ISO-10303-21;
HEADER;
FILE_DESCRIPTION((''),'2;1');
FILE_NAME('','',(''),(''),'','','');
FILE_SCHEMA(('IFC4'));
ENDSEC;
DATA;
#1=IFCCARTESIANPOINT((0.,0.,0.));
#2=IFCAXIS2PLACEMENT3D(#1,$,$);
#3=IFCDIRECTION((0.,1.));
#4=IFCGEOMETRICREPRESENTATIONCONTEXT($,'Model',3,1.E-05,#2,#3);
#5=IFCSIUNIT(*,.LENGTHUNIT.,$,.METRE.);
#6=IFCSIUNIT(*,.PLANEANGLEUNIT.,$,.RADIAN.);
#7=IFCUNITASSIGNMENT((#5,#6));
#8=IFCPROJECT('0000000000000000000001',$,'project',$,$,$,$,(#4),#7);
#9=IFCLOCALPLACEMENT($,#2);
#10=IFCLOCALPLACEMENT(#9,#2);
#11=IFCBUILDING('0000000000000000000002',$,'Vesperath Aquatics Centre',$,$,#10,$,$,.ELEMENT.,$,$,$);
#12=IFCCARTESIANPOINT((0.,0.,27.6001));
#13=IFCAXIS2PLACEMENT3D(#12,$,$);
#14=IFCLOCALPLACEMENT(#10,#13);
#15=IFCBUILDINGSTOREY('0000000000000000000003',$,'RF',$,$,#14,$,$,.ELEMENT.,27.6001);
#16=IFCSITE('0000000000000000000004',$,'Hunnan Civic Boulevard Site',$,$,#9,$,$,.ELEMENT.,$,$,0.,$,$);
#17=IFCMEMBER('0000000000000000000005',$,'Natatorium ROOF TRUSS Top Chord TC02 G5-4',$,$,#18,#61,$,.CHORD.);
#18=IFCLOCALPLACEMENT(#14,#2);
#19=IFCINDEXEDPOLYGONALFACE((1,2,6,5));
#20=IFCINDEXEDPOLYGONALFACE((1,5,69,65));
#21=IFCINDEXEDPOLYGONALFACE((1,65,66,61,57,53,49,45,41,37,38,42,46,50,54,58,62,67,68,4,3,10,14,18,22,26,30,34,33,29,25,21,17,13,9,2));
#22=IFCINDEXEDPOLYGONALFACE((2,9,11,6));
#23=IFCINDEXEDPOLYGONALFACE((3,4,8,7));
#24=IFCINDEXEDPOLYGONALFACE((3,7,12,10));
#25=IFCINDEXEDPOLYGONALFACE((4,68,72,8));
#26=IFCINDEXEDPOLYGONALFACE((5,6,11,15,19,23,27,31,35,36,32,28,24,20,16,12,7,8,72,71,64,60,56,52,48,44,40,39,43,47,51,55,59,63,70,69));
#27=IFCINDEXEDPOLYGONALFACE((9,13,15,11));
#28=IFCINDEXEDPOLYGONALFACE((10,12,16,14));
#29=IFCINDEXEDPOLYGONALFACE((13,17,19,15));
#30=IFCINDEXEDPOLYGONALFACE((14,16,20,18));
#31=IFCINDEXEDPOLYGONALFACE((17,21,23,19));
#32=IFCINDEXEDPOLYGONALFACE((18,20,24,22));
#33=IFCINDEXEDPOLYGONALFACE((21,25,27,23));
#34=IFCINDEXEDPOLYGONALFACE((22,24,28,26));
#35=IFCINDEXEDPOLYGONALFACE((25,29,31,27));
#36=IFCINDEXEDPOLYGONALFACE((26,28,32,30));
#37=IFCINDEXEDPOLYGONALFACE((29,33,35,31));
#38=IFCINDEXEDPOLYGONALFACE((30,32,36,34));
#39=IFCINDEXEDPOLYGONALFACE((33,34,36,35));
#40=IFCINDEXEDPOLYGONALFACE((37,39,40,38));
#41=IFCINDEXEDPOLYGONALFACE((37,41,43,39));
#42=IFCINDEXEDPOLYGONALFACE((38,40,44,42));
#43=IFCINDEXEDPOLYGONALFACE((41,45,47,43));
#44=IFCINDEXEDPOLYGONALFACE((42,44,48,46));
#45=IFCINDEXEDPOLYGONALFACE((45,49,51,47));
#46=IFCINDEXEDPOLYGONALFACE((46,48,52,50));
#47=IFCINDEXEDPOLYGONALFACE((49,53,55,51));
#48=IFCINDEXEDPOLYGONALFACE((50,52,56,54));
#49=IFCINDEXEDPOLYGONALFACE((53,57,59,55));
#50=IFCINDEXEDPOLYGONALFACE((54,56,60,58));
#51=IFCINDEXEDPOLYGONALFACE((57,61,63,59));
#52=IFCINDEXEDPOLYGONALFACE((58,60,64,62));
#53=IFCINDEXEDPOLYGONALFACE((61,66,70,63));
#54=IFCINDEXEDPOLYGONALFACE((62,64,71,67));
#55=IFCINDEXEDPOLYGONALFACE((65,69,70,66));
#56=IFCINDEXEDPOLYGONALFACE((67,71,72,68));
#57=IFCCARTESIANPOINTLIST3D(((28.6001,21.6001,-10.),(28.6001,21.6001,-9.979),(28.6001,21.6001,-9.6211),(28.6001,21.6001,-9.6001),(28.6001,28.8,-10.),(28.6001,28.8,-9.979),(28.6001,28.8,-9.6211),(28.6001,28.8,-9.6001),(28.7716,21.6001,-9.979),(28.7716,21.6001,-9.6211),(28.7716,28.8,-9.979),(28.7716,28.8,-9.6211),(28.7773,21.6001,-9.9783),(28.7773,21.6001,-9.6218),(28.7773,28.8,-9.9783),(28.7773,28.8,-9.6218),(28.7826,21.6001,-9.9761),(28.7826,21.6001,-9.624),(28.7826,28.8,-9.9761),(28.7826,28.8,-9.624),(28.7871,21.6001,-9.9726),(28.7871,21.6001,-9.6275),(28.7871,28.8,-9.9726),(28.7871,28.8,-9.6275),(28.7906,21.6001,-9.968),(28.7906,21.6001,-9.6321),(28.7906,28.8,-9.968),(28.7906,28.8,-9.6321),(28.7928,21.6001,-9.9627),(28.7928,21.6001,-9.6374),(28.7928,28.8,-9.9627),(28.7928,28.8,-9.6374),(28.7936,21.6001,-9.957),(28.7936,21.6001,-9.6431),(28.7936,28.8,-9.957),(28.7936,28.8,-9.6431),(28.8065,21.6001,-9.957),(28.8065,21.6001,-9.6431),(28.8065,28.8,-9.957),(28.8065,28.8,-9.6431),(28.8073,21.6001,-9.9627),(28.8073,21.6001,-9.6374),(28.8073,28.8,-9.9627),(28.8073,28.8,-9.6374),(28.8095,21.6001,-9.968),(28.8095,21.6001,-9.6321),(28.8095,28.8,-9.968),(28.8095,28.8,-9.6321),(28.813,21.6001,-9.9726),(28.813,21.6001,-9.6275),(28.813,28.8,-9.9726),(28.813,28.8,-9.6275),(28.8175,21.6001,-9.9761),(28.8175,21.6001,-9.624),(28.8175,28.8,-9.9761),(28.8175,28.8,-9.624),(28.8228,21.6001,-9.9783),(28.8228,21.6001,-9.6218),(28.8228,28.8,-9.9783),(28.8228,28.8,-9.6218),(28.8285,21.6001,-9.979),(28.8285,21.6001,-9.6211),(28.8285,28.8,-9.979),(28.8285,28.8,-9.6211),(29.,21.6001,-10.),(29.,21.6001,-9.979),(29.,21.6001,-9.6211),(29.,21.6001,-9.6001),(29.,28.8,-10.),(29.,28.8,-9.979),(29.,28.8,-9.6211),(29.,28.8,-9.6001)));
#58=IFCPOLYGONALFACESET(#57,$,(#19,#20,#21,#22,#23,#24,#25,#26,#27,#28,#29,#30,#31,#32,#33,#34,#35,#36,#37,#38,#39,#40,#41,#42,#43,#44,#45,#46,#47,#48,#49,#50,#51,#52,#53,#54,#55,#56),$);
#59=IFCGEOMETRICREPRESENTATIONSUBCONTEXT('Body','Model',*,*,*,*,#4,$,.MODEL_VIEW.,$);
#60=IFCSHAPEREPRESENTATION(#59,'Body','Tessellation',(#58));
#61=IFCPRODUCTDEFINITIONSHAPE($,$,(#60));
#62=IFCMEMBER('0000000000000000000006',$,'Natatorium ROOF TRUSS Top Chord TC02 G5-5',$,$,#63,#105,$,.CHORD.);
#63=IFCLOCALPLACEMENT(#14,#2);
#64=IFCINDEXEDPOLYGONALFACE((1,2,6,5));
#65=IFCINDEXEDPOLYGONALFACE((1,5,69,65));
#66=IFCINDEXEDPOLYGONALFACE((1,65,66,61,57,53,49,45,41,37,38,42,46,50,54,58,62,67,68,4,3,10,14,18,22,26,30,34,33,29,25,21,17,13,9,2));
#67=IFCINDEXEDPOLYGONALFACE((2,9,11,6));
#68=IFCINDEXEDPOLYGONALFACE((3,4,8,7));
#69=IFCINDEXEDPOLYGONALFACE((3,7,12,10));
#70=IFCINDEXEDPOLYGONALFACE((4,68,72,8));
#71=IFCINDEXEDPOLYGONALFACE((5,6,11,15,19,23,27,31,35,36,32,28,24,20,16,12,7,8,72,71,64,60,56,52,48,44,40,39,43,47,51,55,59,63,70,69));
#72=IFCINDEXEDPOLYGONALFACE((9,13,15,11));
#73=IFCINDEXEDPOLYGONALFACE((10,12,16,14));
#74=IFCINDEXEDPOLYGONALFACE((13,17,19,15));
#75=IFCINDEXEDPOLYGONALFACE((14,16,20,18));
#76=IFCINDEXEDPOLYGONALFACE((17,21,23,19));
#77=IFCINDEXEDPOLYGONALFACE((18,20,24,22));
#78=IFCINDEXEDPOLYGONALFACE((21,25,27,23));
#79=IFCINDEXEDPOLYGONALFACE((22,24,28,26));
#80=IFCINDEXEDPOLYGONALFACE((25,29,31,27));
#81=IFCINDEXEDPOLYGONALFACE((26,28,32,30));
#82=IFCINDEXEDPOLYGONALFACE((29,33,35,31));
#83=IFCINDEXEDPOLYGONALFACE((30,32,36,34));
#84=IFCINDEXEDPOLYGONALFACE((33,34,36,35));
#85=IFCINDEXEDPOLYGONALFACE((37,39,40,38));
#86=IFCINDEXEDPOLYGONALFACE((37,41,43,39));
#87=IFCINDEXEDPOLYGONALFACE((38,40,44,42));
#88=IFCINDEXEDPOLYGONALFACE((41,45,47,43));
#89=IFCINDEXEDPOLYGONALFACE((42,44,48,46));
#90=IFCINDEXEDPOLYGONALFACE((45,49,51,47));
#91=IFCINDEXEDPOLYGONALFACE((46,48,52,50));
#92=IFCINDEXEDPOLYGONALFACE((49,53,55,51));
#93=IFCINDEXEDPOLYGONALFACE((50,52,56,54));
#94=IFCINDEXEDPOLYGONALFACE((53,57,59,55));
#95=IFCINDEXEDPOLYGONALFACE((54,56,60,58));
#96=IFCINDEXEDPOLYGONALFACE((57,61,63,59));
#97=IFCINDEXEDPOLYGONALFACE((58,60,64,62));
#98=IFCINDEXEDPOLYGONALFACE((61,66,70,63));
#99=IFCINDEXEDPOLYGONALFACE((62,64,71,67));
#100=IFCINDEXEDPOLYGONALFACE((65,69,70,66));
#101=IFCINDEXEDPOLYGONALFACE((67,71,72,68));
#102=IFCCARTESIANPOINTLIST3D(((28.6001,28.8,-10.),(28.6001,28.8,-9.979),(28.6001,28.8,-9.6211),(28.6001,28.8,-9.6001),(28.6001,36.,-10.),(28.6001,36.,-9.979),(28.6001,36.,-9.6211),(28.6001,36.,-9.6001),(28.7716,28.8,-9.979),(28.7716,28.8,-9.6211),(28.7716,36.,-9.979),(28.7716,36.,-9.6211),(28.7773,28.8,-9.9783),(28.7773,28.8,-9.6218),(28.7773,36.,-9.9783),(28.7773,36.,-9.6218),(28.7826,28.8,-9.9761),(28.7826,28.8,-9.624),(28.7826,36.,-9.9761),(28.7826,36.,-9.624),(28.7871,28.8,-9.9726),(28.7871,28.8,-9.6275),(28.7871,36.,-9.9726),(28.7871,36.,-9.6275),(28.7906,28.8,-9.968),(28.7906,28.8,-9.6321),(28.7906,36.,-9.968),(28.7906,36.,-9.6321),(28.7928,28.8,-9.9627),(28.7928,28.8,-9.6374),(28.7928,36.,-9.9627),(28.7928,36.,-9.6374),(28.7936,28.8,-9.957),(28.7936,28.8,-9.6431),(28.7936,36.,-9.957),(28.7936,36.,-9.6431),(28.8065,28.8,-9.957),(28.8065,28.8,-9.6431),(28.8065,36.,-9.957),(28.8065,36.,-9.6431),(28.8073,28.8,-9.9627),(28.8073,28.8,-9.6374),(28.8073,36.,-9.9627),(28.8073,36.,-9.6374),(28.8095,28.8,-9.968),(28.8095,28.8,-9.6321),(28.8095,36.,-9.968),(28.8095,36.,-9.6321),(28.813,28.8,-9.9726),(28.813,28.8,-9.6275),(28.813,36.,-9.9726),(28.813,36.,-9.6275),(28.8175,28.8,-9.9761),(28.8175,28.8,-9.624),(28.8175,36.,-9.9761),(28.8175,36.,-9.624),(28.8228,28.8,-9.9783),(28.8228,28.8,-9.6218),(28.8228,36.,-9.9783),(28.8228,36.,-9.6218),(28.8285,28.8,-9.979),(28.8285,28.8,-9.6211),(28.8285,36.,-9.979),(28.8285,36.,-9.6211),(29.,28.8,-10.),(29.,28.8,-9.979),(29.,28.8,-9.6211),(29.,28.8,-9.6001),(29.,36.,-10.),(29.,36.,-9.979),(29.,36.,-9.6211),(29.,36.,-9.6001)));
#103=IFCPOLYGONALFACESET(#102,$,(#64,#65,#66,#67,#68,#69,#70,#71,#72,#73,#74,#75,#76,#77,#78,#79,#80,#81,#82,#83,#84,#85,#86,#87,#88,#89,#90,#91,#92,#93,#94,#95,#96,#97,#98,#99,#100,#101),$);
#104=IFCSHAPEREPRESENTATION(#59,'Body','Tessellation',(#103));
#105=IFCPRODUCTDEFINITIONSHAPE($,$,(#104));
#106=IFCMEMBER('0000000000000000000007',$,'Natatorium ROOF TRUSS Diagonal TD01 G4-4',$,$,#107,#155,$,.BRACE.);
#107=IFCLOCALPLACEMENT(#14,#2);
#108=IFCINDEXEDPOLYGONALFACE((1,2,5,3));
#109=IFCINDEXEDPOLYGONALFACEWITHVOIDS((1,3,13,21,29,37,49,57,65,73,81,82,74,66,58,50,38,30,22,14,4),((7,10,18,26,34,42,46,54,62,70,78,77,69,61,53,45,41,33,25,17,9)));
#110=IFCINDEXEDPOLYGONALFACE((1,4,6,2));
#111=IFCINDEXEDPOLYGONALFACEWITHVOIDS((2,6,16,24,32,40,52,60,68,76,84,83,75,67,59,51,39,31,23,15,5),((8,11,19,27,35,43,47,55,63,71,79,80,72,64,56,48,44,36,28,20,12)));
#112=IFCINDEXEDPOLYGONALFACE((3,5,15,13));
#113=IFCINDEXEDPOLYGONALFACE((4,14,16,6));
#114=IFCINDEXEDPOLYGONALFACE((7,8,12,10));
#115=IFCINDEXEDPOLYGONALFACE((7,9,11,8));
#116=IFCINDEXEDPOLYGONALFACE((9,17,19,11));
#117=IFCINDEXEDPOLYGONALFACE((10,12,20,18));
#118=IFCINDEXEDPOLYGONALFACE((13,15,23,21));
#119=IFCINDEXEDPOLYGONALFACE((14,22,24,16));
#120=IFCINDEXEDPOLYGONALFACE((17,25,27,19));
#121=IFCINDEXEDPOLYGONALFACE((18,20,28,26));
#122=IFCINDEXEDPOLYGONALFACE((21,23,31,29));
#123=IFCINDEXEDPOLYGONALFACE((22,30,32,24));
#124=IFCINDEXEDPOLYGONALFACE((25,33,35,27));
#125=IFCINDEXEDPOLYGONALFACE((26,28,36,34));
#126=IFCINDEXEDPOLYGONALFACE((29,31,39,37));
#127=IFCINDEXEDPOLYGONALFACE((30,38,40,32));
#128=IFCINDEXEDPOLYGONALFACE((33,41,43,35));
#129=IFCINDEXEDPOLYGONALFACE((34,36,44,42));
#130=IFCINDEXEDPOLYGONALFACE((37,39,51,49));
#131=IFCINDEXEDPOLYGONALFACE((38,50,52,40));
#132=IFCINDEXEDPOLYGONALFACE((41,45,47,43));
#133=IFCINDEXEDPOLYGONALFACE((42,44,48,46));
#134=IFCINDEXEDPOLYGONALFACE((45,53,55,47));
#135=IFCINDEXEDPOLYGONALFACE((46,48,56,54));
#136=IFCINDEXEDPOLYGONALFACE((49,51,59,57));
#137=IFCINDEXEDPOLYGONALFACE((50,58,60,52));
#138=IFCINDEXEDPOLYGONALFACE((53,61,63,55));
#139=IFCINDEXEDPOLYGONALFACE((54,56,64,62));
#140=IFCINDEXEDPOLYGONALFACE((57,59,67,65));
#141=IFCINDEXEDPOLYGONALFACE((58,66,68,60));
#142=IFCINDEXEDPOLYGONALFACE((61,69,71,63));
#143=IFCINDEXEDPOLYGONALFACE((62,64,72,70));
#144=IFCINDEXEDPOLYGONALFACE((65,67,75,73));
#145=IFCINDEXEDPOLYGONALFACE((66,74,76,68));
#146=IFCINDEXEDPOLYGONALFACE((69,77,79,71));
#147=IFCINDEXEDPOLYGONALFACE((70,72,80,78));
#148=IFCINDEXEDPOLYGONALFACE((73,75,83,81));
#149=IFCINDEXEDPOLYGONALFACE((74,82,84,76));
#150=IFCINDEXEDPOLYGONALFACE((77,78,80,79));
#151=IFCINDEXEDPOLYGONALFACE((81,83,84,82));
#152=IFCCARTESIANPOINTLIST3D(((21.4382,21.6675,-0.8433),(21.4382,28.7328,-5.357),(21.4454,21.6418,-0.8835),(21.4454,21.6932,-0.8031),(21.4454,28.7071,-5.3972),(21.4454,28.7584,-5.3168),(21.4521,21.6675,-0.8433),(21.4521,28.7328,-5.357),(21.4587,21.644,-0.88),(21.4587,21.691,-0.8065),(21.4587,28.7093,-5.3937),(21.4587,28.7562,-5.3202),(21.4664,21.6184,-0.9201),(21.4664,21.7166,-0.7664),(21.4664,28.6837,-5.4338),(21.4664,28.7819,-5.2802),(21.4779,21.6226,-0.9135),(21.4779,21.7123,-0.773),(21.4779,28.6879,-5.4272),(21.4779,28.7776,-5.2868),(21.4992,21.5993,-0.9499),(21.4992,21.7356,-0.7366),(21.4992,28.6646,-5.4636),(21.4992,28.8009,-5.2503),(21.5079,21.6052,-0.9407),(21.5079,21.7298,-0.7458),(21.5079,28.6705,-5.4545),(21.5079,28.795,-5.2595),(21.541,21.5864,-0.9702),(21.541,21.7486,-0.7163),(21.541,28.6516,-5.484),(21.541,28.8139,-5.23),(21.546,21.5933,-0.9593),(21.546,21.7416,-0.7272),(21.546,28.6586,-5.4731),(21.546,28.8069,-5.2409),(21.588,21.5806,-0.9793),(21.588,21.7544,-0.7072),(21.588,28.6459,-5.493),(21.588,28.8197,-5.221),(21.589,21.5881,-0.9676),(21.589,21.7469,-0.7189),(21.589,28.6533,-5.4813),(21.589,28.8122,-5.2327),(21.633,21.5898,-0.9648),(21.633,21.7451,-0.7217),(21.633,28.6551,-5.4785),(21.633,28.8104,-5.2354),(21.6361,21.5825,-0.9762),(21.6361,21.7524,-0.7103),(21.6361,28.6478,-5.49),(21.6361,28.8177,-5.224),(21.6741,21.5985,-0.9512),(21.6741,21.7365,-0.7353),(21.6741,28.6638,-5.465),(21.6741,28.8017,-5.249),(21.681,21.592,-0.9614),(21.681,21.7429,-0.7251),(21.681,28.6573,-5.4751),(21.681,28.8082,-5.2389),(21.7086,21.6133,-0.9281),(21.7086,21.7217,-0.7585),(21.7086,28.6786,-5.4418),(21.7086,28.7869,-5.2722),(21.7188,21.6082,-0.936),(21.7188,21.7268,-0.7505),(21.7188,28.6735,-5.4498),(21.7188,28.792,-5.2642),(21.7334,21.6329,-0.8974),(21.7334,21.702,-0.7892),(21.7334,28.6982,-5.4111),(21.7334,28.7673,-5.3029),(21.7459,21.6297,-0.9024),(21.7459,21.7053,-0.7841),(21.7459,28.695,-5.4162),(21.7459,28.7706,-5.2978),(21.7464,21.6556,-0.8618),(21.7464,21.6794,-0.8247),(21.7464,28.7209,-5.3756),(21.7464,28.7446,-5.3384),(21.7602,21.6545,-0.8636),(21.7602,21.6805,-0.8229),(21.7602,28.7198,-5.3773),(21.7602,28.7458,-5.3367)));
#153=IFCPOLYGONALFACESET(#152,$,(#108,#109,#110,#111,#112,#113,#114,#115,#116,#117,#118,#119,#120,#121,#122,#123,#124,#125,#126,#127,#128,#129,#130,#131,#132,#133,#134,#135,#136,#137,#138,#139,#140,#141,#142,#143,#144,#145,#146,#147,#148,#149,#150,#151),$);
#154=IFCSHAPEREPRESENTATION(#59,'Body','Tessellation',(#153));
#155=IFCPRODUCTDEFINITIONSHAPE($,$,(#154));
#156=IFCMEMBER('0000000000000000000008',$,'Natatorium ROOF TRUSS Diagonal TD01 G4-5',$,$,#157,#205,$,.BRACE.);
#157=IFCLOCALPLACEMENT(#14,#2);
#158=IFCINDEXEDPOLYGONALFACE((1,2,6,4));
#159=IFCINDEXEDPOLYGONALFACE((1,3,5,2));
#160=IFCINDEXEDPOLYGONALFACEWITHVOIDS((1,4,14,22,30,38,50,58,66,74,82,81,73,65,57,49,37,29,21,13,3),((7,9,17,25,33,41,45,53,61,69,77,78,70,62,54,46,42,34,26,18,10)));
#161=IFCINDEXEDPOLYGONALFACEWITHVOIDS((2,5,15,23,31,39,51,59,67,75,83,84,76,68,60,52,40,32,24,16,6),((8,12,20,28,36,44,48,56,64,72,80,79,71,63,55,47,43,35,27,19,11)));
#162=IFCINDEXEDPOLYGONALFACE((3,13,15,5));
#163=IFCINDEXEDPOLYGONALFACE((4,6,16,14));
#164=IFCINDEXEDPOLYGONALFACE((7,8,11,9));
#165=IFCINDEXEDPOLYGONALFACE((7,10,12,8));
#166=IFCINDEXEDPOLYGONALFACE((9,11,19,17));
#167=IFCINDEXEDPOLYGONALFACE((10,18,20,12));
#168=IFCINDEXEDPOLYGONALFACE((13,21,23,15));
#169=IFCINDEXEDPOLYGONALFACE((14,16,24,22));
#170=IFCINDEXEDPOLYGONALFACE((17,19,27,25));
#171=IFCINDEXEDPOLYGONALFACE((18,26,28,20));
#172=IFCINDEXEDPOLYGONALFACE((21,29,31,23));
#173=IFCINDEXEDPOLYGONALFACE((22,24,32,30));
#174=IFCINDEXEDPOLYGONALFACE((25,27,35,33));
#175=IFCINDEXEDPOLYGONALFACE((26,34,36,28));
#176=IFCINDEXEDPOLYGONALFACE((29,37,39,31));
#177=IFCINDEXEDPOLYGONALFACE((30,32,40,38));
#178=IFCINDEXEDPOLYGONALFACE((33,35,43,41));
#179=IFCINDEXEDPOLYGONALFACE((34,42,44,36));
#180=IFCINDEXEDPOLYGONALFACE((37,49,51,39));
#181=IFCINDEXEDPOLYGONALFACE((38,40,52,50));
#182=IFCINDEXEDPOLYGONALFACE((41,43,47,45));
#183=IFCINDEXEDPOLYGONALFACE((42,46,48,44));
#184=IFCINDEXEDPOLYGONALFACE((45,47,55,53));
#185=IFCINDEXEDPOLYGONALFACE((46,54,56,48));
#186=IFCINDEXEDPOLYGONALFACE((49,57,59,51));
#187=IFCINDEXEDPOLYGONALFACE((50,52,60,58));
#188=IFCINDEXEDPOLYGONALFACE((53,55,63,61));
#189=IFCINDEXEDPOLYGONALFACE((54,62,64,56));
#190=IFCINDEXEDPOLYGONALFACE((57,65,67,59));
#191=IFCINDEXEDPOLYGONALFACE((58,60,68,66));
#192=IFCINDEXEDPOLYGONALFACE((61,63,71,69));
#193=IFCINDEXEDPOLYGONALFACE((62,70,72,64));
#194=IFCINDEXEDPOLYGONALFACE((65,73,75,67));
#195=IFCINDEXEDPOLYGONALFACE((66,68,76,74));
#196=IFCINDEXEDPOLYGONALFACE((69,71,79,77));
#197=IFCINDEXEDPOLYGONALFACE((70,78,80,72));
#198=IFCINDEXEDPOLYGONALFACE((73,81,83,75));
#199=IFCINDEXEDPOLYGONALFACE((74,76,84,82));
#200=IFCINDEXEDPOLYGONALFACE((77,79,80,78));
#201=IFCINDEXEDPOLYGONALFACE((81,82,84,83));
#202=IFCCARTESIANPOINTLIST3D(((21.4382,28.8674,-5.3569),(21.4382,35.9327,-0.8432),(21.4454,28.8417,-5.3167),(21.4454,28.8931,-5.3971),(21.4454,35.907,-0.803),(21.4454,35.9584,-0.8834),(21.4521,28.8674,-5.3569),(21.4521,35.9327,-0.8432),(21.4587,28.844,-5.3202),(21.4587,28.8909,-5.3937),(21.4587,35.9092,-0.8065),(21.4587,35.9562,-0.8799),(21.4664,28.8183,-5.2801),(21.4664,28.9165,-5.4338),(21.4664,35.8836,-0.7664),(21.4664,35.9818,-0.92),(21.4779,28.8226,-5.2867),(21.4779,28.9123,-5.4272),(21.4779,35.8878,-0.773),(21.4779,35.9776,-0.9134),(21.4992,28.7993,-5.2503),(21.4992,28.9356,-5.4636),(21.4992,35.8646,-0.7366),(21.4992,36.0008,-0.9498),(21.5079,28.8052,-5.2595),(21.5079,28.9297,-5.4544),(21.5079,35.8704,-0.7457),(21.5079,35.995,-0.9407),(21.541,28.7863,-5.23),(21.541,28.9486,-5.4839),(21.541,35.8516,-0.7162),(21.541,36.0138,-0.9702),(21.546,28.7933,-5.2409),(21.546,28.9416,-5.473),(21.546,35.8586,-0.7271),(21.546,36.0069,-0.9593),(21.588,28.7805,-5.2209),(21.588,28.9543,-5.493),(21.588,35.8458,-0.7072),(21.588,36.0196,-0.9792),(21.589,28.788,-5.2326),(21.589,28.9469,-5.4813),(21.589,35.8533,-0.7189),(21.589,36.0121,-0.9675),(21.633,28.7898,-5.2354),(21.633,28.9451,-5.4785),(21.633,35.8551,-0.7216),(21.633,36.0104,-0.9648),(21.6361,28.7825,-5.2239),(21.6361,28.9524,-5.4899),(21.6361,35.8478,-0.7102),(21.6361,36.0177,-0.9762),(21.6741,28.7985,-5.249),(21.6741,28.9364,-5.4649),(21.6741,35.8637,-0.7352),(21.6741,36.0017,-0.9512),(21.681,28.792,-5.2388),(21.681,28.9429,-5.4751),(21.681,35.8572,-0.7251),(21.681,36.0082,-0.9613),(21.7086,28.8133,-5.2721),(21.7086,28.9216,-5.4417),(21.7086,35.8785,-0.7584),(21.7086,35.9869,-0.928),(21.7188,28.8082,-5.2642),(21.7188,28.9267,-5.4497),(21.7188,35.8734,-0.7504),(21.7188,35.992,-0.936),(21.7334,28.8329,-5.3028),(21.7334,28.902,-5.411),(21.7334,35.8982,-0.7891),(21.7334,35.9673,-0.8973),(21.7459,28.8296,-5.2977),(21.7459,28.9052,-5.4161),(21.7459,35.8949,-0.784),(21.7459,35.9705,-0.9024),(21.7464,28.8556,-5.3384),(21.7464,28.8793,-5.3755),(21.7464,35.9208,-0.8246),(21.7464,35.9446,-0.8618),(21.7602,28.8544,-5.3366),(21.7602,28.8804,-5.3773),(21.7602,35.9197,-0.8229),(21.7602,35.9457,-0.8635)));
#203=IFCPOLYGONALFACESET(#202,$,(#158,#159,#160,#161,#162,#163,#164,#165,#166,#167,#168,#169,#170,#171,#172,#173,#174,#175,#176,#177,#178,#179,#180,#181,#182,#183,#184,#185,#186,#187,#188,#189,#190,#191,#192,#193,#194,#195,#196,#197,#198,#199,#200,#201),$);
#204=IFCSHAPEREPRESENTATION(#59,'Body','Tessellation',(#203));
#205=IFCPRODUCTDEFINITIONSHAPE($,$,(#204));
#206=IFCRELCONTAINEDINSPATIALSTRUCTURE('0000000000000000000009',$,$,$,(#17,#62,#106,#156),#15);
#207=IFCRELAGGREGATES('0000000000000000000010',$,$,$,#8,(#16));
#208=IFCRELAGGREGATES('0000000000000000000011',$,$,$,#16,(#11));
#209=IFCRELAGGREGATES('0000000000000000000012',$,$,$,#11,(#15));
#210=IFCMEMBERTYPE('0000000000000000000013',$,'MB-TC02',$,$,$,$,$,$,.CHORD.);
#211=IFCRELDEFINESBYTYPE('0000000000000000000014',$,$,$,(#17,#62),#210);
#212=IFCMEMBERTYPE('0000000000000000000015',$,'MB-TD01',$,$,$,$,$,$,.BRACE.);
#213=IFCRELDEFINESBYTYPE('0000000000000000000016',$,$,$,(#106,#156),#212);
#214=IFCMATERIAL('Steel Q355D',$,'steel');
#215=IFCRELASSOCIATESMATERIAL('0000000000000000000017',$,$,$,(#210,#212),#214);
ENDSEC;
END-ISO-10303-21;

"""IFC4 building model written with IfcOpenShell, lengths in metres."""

from ifc_helpers import new_model, si_unit, direction, frame, origin, origin_2d, place, context, subcontext, project, spatial, hollow_circle, i_section, extrude, material, material_profile, profile_set, type_object, element, save


model = new_model("IFC4")

# Units and contexts
model_context = context("Model", 3, precision=1e-05, world=origin(), true_north=direction((0.0, 1.0)))
body_context = subcontext(model_context, "Body", "Model", "MODEL_VIEW")
ifc_project = project(units=[si_unit("LENGTHUNIT", "METRE"), si_unit("PLANEANGLEUNIT", "RADIAN")], contexts=[model_context])

# Site, building, storey
site_placement = place(None, origin())
site = spatial("IfcSite", under=ifc_project, at=site_placement, Name="Hunnan Civic Boulevard Site", CompositionType="ELEMENT", RefElevation=0.0)
building_placement = place(site_placement, origin())
building = spatial("IfcBuilding", under=site, at=building_placement, Name="Vesperath Aquatics Centre", CompositionType="ELEMENT")
storey_placement = place(building_placement, frame((0.0, 0.0, 27.6001)))
storey = spatial("IfcBuildingStorey", under=building, at=storey_placement, Name="RF", CompositionType="ELEMENT", Elevation=27.6001)

# Members
ifc_material_1 = material(Name="Steel Q355D", Category="steel")
ifc_material_profile_1 = material_profile(ifc_material_1, i_section(OverallWidth=0.3999, OverallDepth=0.3999, WebThickness=0.0129, FlangeThickness=0.021, FilletRadius=0.022, at=origin_2d()), Name="HW 400x400x13x21")
ifc_profile_set_1 = profile_set([ifc_material_profile_1], Name="Steel Q355D")
member_type_1 = type_object("IfcMemberType", Name="MB-TC02", PredefinedType="CHORD", material=ifc_profile_set_1)
for number, where, z_axis, x_axis, name in (
    (1, (28.8, 21.6001, -9.8), (0.0, 1.0, 0.0), (-1.0, 0.0, 0.0), "Natatorium ROOF TRUSS Top Chord TC02 G5-4"),
    (2, (28.8, 28.8, -9.8), (0.0, 1.0, 0.0), (-1.0, 0.0, 0.0), "Natatorium ROOF TRUSS Top Chord TC02 G5-5"),
):
    element("IfcMember", number, at=place(storey_placement, frame(where, z_axis=z_axis, x_axis=x_axis)), inside=storey, type_object=member_type_1, Name=name, PredefinedType="CHORD", context=body_context, shape_type="SweptSolid", body=[
        extrude(i_section(OverallWidth=0.3999, OverallDepth=0.3999, WebThickness=0.0129, FlangeThickness=0.021, FilletRadius=0.022, at=origin_2d()), origin(), (0.0, 0.0, 1.0), 7.2),
    ])
ifc_material_profile_2 = material_profile(ifc_material_1, hollow_circle(Radius=0.1619, WallThickness=0.0139, at=origin_2d()), Name="CHS 323.9x14")
ifc_profile_set_2 = profile_set([ifc_material_profile_2], Name="Steel Q355D")
member_type_2 = type_object("IfcMemberType", Name="MB-TD01", PredefinedType="BRACE", material=ifc_profile_set_2)
for number, where, z_axis, x_axis, name in (
    (3, (21.6001, 21.6675, -0.8433), (0.0, 0.842707, -0.538373), (-1.0, 0.0, 0.0), "Natatorium ROOF TRUSS Diagonal TD01 G4-4"),
    (4, (21.6001, 28.8674, -5.3569), (0.0, 0.842707, 0.538373), (-1.0, 0.0, 0.0), "Natatorium ROOF TRUSS Diagonal TD01 G4-5"),
):
    element("IfcMember", number, at=place(storey_placement, frame(where, z_axis=z_axis, x_axis=x_axis)), inside=storey, type_object=member_type_2, Name=name, PredefinedType="BRACE", context=body_context, shape_type="SweptSolid", body=[
        extrude(hollow_circle(Radius=0.1619, WallThickness=0.0139, at=origin_2d()), origin(), (0.0, 0.0, 1.0), 8.384),
    ])

save(model, "model.ifc")
